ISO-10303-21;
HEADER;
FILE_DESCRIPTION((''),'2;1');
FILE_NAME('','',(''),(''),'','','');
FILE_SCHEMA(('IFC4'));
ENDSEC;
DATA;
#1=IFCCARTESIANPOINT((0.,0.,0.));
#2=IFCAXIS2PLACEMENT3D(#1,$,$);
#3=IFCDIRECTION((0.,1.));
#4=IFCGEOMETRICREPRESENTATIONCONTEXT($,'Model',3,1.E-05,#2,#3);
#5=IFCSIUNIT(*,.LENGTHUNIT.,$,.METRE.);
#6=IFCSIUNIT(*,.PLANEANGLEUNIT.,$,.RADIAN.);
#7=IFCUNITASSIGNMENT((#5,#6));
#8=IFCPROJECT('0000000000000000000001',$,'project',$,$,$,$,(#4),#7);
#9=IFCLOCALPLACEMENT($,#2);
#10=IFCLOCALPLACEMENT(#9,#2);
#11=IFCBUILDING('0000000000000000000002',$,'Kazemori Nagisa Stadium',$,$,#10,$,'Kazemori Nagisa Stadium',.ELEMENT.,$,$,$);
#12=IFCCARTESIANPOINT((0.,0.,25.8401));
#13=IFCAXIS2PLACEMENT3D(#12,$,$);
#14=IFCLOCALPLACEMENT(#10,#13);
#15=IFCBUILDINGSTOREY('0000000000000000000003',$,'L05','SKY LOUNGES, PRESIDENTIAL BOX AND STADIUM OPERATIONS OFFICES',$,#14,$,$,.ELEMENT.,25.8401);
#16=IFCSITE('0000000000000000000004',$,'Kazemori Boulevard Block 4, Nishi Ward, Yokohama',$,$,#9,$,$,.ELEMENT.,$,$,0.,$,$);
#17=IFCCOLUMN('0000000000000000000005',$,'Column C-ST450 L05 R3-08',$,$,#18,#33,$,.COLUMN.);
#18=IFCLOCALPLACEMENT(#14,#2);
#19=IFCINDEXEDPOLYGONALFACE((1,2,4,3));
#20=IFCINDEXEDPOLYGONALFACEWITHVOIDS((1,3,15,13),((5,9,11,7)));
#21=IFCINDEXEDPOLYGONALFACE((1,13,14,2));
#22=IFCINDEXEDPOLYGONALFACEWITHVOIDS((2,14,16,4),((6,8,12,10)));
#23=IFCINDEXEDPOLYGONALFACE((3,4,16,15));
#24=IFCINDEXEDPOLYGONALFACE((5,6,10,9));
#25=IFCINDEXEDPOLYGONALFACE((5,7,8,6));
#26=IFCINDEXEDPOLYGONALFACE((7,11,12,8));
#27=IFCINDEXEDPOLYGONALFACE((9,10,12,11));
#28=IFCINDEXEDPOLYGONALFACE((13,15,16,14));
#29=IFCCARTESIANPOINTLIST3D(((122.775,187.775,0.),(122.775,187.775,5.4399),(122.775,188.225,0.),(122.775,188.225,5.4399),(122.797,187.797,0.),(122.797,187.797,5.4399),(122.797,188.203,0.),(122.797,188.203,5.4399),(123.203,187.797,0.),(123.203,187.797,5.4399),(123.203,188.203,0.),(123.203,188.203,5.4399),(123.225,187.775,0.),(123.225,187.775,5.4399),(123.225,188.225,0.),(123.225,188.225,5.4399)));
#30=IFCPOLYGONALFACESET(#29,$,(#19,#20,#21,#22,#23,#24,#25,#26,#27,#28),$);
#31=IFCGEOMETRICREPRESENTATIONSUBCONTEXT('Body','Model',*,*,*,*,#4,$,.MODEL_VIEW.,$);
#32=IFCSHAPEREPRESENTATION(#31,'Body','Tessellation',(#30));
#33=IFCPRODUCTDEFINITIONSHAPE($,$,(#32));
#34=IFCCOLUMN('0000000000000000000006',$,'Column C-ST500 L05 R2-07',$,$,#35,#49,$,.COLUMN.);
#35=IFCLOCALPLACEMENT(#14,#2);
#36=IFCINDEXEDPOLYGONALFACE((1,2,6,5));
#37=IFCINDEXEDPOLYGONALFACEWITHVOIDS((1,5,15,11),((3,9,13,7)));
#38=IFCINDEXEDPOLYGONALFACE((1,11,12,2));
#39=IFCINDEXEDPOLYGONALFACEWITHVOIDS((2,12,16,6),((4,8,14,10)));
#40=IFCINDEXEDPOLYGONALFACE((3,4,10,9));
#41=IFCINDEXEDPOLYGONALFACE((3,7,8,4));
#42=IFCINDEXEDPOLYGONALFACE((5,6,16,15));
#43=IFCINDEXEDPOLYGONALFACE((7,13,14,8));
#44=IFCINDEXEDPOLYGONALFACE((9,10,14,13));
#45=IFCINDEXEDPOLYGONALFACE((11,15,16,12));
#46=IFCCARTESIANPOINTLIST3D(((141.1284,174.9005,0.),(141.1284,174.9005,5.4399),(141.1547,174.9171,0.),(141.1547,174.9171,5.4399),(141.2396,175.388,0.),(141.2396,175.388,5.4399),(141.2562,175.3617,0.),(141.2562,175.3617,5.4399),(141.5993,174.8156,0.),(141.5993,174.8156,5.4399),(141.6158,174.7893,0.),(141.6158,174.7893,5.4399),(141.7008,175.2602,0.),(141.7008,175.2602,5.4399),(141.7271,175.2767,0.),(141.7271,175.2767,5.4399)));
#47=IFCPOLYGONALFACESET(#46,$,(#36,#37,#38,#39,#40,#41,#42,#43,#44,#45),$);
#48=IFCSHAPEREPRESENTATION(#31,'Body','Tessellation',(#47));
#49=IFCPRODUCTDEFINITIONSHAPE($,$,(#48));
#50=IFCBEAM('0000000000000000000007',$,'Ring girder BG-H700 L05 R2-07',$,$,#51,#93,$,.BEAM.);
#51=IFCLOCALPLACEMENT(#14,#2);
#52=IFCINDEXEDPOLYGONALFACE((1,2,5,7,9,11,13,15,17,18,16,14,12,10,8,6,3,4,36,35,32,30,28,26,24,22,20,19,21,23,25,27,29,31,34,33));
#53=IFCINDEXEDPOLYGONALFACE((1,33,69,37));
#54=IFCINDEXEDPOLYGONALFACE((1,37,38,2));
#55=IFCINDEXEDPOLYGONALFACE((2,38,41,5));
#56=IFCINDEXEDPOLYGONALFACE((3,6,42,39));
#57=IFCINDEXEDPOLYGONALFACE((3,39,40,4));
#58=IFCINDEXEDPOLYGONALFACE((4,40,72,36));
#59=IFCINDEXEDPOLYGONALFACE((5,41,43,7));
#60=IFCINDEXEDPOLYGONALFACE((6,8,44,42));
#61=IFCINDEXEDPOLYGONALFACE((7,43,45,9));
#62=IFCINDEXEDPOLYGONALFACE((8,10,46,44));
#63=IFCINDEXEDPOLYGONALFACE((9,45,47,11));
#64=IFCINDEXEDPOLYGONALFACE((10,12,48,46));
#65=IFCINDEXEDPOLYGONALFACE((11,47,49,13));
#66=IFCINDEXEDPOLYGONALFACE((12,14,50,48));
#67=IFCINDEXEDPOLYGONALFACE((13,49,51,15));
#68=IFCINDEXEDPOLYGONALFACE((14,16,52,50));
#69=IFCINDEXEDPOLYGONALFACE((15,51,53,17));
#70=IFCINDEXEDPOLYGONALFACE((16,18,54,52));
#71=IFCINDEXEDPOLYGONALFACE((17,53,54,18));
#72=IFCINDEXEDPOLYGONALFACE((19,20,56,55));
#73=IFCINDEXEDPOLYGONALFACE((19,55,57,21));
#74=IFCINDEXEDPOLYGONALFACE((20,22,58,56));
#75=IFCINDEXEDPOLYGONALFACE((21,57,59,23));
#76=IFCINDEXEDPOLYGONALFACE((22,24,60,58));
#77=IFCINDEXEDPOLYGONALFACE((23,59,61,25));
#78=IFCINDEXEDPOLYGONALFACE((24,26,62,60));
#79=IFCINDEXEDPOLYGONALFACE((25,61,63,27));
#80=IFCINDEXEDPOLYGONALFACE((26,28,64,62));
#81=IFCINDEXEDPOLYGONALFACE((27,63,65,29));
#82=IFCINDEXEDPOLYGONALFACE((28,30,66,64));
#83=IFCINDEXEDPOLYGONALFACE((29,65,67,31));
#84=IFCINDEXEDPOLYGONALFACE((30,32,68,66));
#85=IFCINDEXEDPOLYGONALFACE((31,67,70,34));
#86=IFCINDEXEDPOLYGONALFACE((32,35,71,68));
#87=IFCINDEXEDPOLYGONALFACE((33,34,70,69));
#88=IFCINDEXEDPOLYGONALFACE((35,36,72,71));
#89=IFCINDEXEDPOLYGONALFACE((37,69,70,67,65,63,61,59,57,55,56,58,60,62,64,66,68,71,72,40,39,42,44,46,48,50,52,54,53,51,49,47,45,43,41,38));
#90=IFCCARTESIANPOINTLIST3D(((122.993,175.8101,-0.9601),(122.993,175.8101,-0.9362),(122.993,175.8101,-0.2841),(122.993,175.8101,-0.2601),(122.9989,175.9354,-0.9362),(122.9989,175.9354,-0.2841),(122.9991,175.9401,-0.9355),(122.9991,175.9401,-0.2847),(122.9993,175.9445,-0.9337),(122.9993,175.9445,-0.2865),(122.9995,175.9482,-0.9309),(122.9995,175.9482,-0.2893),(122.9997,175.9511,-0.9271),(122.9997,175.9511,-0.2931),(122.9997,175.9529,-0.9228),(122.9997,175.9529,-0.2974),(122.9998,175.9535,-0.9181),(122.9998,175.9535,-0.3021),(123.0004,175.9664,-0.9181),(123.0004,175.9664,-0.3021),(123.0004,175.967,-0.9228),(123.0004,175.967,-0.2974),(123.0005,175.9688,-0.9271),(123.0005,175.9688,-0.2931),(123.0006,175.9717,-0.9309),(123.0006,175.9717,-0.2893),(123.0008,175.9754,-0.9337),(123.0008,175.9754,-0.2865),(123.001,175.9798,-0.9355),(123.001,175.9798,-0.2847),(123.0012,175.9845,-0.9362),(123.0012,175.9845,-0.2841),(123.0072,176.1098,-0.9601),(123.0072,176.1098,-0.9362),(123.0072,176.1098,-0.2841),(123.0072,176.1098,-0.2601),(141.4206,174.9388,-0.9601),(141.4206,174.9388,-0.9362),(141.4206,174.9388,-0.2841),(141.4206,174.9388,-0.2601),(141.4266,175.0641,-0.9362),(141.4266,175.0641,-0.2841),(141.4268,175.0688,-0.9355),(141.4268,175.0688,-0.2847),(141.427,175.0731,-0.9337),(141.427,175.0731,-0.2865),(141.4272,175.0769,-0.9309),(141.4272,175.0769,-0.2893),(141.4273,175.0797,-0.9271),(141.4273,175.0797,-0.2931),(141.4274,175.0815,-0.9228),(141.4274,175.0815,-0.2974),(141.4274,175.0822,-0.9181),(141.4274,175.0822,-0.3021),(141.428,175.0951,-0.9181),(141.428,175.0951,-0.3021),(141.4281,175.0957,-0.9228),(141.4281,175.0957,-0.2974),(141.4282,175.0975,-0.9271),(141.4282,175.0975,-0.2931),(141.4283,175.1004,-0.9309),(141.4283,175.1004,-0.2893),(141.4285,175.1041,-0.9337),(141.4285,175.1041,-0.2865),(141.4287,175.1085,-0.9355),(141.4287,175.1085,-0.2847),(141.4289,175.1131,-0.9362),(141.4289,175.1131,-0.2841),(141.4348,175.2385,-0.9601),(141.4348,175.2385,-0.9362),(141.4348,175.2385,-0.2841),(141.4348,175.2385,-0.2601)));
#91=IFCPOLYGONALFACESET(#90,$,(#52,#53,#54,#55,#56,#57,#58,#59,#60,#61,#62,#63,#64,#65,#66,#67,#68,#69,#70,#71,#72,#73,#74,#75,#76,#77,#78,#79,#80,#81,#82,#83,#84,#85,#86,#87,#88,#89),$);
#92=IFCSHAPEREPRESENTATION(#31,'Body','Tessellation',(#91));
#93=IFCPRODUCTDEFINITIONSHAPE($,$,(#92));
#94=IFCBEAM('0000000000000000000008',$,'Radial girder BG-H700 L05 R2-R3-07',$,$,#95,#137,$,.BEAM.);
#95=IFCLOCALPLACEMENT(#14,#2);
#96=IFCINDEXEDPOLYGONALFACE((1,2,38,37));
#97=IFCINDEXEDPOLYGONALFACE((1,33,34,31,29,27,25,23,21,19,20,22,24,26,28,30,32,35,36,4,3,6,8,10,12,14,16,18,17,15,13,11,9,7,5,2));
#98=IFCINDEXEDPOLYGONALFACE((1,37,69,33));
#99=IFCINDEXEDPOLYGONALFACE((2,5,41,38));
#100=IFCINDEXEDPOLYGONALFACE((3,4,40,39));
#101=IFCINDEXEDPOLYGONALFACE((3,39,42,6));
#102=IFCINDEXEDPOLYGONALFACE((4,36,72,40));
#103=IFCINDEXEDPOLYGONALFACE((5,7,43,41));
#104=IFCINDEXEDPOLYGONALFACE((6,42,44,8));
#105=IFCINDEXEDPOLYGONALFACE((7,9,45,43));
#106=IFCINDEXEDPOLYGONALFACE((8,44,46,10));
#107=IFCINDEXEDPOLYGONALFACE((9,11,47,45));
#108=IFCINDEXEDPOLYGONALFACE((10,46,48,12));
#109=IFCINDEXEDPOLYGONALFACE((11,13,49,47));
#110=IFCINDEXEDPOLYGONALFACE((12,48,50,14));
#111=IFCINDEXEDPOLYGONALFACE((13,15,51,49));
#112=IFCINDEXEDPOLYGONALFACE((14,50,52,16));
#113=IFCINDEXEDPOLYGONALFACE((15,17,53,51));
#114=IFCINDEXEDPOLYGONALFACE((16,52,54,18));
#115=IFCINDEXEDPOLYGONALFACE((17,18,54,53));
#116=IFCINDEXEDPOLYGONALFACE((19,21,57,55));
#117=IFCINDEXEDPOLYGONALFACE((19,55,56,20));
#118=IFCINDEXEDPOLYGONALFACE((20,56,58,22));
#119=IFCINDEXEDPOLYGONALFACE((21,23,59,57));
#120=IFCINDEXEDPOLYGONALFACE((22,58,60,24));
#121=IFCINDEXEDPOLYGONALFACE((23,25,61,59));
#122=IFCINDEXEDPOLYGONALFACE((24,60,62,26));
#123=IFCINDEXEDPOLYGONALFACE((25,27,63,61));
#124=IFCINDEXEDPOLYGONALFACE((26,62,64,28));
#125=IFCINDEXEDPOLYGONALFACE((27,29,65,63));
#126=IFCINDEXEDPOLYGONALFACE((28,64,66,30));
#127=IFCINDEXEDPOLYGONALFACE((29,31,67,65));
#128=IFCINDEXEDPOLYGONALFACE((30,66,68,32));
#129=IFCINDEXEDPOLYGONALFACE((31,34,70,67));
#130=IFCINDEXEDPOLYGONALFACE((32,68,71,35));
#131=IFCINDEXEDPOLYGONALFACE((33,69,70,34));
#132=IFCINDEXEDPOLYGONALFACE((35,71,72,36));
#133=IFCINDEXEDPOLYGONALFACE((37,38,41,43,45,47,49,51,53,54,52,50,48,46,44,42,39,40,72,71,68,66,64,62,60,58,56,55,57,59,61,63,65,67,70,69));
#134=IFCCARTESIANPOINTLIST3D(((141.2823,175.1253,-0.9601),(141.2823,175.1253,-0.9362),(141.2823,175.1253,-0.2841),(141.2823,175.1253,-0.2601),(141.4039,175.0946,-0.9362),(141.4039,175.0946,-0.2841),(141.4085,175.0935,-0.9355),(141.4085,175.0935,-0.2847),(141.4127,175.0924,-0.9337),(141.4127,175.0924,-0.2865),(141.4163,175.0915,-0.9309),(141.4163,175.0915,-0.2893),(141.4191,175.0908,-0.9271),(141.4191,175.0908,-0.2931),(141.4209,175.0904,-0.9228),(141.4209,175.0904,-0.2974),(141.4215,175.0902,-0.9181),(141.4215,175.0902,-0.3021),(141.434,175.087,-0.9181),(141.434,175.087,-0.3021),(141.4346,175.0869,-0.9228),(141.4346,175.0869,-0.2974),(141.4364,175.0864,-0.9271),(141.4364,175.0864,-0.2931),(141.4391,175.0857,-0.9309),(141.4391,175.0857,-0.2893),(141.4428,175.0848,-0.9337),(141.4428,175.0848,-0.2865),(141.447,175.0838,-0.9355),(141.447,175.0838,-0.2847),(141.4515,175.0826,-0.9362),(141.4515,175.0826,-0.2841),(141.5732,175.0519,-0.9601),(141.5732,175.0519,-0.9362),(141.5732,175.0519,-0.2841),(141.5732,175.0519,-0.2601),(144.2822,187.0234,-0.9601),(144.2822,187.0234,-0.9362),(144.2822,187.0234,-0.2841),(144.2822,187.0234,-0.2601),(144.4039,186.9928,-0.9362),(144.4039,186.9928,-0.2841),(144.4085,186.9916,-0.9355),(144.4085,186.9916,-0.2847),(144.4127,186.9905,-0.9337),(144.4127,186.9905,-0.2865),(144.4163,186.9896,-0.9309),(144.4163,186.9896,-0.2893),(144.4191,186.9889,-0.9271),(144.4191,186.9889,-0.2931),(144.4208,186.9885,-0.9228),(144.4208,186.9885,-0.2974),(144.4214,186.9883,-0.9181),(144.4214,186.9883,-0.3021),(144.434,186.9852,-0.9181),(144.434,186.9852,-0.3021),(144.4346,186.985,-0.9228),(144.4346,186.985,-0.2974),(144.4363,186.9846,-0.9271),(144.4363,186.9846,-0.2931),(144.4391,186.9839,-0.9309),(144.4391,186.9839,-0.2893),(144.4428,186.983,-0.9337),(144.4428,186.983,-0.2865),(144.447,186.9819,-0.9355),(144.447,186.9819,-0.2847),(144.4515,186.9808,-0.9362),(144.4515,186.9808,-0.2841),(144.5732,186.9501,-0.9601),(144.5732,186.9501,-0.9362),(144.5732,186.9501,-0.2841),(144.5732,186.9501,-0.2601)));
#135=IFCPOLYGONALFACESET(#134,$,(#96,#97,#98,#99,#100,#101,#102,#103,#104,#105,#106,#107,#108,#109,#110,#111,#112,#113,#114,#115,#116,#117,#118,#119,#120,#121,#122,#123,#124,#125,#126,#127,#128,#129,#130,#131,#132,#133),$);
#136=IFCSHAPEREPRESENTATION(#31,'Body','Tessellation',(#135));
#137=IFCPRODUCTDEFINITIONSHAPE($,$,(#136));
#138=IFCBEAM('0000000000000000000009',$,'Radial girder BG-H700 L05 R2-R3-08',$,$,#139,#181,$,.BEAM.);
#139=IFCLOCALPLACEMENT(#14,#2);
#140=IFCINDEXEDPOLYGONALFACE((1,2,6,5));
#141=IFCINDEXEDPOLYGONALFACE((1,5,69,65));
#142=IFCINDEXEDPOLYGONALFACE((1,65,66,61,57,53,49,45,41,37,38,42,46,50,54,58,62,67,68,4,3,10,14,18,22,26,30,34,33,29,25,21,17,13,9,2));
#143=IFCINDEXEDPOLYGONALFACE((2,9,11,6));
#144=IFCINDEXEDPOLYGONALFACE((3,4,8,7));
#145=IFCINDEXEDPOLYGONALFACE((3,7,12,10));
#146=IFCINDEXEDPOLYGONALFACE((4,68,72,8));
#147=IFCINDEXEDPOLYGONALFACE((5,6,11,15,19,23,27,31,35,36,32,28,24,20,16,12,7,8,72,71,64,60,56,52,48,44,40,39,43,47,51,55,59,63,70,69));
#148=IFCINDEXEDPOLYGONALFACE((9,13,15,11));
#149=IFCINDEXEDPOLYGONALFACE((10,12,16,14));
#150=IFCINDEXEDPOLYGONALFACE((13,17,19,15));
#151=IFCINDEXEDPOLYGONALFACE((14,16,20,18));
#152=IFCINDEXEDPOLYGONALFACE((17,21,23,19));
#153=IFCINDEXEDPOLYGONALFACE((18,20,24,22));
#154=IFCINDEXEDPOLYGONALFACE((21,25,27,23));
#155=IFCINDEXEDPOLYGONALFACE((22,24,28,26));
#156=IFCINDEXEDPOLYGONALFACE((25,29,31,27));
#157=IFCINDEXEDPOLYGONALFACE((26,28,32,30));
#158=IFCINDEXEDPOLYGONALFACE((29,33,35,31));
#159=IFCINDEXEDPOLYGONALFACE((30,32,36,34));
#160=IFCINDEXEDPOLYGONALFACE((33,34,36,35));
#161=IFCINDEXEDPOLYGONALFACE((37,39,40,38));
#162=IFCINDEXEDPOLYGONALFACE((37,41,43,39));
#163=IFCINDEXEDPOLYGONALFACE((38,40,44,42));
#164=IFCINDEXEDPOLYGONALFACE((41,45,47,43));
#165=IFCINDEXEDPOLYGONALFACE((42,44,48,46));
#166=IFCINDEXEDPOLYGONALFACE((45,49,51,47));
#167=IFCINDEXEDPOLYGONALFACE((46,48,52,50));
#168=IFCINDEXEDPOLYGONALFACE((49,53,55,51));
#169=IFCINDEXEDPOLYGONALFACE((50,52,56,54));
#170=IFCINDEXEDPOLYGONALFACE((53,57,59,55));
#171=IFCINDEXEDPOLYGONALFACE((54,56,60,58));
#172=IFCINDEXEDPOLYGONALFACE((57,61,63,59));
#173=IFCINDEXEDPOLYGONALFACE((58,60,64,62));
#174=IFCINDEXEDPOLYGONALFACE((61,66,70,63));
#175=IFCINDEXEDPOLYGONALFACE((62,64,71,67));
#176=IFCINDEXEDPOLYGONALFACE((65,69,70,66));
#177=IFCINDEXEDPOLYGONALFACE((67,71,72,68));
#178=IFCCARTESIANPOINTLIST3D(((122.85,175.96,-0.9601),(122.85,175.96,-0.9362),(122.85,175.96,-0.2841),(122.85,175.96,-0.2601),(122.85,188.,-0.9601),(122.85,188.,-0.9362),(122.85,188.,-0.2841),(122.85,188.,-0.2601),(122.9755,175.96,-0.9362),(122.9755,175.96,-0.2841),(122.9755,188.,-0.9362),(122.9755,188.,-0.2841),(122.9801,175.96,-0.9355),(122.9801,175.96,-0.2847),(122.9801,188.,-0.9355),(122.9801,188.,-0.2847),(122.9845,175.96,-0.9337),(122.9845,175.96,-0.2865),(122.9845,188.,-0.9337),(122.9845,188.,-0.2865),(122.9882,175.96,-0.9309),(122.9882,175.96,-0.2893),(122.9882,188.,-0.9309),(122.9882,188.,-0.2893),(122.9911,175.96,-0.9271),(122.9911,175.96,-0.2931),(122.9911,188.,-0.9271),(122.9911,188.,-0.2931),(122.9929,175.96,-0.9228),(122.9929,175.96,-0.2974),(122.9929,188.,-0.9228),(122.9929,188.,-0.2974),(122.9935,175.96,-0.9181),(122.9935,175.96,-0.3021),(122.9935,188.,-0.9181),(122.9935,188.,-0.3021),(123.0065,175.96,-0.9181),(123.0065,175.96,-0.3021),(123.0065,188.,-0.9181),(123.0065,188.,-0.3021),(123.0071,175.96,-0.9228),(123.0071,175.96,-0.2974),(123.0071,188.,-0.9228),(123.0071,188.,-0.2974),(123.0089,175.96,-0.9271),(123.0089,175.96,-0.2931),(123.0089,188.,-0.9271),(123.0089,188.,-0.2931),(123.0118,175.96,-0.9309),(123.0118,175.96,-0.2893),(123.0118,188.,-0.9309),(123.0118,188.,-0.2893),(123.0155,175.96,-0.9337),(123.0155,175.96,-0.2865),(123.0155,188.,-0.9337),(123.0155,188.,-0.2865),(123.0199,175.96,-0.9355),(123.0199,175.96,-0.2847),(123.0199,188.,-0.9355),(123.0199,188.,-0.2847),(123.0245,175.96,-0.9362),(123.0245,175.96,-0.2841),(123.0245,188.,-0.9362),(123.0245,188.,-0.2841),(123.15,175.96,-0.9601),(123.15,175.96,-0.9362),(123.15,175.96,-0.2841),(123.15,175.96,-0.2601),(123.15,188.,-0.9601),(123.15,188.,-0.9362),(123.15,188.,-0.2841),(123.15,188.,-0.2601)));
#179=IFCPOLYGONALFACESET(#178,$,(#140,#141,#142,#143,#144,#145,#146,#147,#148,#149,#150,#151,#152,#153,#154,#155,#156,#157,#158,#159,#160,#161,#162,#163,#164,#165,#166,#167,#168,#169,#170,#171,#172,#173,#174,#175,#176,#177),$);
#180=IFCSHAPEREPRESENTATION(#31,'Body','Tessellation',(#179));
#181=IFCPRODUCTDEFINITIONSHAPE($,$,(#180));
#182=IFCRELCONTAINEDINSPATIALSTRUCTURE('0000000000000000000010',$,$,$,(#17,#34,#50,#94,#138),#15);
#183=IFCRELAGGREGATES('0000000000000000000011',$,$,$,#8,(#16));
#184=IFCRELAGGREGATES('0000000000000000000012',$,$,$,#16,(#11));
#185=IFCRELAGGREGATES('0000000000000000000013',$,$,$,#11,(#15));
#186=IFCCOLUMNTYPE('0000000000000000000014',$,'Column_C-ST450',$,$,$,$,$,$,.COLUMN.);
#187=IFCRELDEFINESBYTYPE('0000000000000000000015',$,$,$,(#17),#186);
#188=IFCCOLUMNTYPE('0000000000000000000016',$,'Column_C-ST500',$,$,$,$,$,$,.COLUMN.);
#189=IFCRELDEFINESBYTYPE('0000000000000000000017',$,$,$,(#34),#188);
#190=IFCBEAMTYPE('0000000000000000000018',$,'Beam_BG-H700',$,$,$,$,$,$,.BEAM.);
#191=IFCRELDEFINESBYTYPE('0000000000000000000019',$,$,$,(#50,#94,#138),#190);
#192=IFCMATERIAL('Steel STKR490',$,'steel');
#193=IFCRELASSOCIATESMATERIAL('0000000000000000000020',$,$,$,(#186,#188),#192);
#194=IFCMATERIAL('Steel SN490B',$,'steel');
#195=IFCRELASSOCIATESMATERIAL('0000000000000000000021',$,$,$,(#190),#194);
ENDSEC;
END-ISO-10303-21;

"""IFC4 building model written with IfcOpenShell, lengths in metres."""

from ifc_helpers import new_model, si_unit, direction, frame, origin, origin_2d, place, context, subcontext, project, spatial, hollow_rectangle, i_section, extrude, material, material_profile, profile_set, type_object, element, save


model = new_model("IFC4")

# Units and contexts
model_context = context("Model", 3, precision=1e-05, world=origin(), true_north=direction((0.0, 1.0)))
body_context = subcontext(model_context, "Body", "Model", "MODEL_VIEW")
ifc_project = project(units=[si_unit("LENGTHUNIT", "METRE"), si_unit("PLANEANGLEUNIT", "RADIAN")], contexts=[model_context])

# Site, building, storey
site_placement = place(None, origin())
site = spatial("IfcSite", under=ifc_project, at=site_placement, Name="Kazemori Boulevard Block 4, Nishi Ward, Yokohama", CompositionType="ELEMENT", RefElevation=0.0)
building_placement = place(site_placement, origin())
building = spatial("IfcBuilding", under=site, at=building_placement, Name="Kazemori Nagisa Stadium", LongName="Kazemori Nagisa Stadium", CompositionType="ELEMENT")
storey_placement = place(building_placement, frame((0.0, 0.0, 25.8401)))
storey = spatial("IfcBuildingStorey", under=building, at=storey_placement, Name="L05", Description="SKY LOUNGES, PRESIDENTIAL BOX AND STADIUM OPERATIONS OFFICES", CompositionType="ELEMENT", Elevation=25.8401)

# Columns
ifc_material_1 = material(Name="Steel STKR490", Category="steel")
ifc_material_profile_1 = material_profile(ifc_material_1, hollow_rectangle(XDim=0.45, YDim=0.45, WallThickness=0.022, at=origin_2d()), Name="SHS-450x450x22")
ifc_profile_set_1 = profile_set([ifc_material_profile_1], Name="Steel STKR490")
column_type_1 = type_object("IfcColumnType", Name="Column_C-ST450", PredefinedType="COLUMN", material=ifc_profile_set_1)
column_1_placement = place(storey_placement, frame((123.0, 188.0, 0.0), z_axis=(0.0, 0.0, 1.0), x_axis=(0.0, 1.0, 0.0)))
element("IfcColumn", 1, at=column_1_placement, inside=storey, type_object=column_type_1, Name="Column C-ST450 L05 R3-08", PredefinedType="COLUMN", context=body_context, shape_type="SweptSolid", body=[
    extrude(hollow_rectangle(XDim=0.45, YDim=0.45, WallThickness=0.022, at=origin_2d()), origin(), (0.0, 0.0, 1.0), 5.4399),
])
ifc_material_profile_2 = material_profile(ifc_material_1, hollow_rectangle(XDim=0.5, YDim=0.5, WallThickness=0.022, at=origin_2d()), Name="SHS-500x500x22")
ifc_profile_set_2 = profile_set([ifc_material_profile_2], Name="Steel STKR490")
column_type_2 = type_object("IfcColumnType", Name="Column_C-ST500", PredefinedType="COLUMN", material=ifc_profile_set_2)
column_2_placement = place(storey_placement, frame((141.4277, 175.0886, 0.0), z_axis=(0.0, 0.0, 1.0), x_axis=(0.222521, 0.974928, 0.0)))
element("IfcColumn", 2, at=column_2_placement, inside=storey, type_object=column_type_2, Name="Column C-ST500 L05 R2-07", PredefinedType="COLUMN", context=body_context, shape_type="SweptSolid", body=[
    extrude(hollow_rectangle(XDim=0.5, YDim=0.5, WallThickness=0.022, at=origin_2d()), origin(), (0.0, 0.0, 1.0), 5.4399),
])

# Beams
ifc_material_2 = material(Name="Steel SN490B", Category="steel")
ifc_material_profile_3 = material_profile(ifc_material_2, i_section(OverallWidth=0.3, OverallDepth=0.7, WebThickness=0.0129, FlangeThickness=0.0239, FilletRadius=0.0181, at=origin_2d()), Name="H-700x300x13x24")
ifc_profile_set_3 = profile_set([ifc_material_profile_3], Name="Steel SN490B")
beam_type_1 = type_object("IfcBeamType", Name="Beam_BG-H700", PredefinedType="BEAM", material=ifc_profile_set_3)
beam_1_placement = place(storey_placement, frame((141.4277, 175.0886, -0.6101), z_axis=(-0.998884, 0.047231, 0.0), x_axis=(-0.047231, -0.998884, 0.0)))
element("IfcBeam", 3, at=beam_1_placement, inside=storey, type_object=beam_type_1, Name="Ring girder BG-H700 L05 R2-07", PredefinedType="BEAM", context=body_context, shape_type="SweptSolid", body=[
    extrude(i_section(OverallWidth=0.3, OverallDepth=0.7, WebThickness=0.0129, FlangeThickness=0.0239, FilletRadius=0.0181, at=origin_2d()), origin(), (0.0, 0.0, 1.0), 18.4482),
])
beam_2_placement = place(storey_placement, frame((141.4277, 175.0886, -0.6101), z_axis=(0.244487, 0.969652, 0.0), x_axis=(-0.969652, 0.244487, 0.0)))
element("IfcBeam", 4, at=beam_2_placement, inside=storey, type_object=beam_type_1, Name="Radial girder BG-H700 L05 R2-R3-07", PredefinedType="BEAM", context=body_context, shape_type="SweptSolid", body=[
    extrude(i_section(OverallWidth=0.3, OverallDepth=0.7, WebThickness=0.0129, FlangeThickness=0.0239, FilletRadius=0.0181, at=origin_2d()), origin(), (0.0, 0.0, 1.0), 12.2705),
])
beam_3_placement = place(storey_placement, frame((123.0, 175.96, -0.6101), z_axis=(0.0, 1.0, 0.0), x_axis=(-1.0, 0.0, 0.0)))
element("IfcBeam", 5, at=beam_3_placement, inside=storey, type_object=beam_type_1, Name="Radial girder BG-H700 L05 R2-R3-08", PredefinedType="BEAM", context=body_context, shape_type="SweptSolid", body=[
    extrude(i_section(OverallWidth=0.3, OverallDepth=0.7, WebThickness=0.0129, FlangeThickness=0.0239, FilletRadius=0.0181, at=origin_2d()), origin(), (0.0, 0.0, 1.0), 12.04),
])

save(model, "model.ifc")
